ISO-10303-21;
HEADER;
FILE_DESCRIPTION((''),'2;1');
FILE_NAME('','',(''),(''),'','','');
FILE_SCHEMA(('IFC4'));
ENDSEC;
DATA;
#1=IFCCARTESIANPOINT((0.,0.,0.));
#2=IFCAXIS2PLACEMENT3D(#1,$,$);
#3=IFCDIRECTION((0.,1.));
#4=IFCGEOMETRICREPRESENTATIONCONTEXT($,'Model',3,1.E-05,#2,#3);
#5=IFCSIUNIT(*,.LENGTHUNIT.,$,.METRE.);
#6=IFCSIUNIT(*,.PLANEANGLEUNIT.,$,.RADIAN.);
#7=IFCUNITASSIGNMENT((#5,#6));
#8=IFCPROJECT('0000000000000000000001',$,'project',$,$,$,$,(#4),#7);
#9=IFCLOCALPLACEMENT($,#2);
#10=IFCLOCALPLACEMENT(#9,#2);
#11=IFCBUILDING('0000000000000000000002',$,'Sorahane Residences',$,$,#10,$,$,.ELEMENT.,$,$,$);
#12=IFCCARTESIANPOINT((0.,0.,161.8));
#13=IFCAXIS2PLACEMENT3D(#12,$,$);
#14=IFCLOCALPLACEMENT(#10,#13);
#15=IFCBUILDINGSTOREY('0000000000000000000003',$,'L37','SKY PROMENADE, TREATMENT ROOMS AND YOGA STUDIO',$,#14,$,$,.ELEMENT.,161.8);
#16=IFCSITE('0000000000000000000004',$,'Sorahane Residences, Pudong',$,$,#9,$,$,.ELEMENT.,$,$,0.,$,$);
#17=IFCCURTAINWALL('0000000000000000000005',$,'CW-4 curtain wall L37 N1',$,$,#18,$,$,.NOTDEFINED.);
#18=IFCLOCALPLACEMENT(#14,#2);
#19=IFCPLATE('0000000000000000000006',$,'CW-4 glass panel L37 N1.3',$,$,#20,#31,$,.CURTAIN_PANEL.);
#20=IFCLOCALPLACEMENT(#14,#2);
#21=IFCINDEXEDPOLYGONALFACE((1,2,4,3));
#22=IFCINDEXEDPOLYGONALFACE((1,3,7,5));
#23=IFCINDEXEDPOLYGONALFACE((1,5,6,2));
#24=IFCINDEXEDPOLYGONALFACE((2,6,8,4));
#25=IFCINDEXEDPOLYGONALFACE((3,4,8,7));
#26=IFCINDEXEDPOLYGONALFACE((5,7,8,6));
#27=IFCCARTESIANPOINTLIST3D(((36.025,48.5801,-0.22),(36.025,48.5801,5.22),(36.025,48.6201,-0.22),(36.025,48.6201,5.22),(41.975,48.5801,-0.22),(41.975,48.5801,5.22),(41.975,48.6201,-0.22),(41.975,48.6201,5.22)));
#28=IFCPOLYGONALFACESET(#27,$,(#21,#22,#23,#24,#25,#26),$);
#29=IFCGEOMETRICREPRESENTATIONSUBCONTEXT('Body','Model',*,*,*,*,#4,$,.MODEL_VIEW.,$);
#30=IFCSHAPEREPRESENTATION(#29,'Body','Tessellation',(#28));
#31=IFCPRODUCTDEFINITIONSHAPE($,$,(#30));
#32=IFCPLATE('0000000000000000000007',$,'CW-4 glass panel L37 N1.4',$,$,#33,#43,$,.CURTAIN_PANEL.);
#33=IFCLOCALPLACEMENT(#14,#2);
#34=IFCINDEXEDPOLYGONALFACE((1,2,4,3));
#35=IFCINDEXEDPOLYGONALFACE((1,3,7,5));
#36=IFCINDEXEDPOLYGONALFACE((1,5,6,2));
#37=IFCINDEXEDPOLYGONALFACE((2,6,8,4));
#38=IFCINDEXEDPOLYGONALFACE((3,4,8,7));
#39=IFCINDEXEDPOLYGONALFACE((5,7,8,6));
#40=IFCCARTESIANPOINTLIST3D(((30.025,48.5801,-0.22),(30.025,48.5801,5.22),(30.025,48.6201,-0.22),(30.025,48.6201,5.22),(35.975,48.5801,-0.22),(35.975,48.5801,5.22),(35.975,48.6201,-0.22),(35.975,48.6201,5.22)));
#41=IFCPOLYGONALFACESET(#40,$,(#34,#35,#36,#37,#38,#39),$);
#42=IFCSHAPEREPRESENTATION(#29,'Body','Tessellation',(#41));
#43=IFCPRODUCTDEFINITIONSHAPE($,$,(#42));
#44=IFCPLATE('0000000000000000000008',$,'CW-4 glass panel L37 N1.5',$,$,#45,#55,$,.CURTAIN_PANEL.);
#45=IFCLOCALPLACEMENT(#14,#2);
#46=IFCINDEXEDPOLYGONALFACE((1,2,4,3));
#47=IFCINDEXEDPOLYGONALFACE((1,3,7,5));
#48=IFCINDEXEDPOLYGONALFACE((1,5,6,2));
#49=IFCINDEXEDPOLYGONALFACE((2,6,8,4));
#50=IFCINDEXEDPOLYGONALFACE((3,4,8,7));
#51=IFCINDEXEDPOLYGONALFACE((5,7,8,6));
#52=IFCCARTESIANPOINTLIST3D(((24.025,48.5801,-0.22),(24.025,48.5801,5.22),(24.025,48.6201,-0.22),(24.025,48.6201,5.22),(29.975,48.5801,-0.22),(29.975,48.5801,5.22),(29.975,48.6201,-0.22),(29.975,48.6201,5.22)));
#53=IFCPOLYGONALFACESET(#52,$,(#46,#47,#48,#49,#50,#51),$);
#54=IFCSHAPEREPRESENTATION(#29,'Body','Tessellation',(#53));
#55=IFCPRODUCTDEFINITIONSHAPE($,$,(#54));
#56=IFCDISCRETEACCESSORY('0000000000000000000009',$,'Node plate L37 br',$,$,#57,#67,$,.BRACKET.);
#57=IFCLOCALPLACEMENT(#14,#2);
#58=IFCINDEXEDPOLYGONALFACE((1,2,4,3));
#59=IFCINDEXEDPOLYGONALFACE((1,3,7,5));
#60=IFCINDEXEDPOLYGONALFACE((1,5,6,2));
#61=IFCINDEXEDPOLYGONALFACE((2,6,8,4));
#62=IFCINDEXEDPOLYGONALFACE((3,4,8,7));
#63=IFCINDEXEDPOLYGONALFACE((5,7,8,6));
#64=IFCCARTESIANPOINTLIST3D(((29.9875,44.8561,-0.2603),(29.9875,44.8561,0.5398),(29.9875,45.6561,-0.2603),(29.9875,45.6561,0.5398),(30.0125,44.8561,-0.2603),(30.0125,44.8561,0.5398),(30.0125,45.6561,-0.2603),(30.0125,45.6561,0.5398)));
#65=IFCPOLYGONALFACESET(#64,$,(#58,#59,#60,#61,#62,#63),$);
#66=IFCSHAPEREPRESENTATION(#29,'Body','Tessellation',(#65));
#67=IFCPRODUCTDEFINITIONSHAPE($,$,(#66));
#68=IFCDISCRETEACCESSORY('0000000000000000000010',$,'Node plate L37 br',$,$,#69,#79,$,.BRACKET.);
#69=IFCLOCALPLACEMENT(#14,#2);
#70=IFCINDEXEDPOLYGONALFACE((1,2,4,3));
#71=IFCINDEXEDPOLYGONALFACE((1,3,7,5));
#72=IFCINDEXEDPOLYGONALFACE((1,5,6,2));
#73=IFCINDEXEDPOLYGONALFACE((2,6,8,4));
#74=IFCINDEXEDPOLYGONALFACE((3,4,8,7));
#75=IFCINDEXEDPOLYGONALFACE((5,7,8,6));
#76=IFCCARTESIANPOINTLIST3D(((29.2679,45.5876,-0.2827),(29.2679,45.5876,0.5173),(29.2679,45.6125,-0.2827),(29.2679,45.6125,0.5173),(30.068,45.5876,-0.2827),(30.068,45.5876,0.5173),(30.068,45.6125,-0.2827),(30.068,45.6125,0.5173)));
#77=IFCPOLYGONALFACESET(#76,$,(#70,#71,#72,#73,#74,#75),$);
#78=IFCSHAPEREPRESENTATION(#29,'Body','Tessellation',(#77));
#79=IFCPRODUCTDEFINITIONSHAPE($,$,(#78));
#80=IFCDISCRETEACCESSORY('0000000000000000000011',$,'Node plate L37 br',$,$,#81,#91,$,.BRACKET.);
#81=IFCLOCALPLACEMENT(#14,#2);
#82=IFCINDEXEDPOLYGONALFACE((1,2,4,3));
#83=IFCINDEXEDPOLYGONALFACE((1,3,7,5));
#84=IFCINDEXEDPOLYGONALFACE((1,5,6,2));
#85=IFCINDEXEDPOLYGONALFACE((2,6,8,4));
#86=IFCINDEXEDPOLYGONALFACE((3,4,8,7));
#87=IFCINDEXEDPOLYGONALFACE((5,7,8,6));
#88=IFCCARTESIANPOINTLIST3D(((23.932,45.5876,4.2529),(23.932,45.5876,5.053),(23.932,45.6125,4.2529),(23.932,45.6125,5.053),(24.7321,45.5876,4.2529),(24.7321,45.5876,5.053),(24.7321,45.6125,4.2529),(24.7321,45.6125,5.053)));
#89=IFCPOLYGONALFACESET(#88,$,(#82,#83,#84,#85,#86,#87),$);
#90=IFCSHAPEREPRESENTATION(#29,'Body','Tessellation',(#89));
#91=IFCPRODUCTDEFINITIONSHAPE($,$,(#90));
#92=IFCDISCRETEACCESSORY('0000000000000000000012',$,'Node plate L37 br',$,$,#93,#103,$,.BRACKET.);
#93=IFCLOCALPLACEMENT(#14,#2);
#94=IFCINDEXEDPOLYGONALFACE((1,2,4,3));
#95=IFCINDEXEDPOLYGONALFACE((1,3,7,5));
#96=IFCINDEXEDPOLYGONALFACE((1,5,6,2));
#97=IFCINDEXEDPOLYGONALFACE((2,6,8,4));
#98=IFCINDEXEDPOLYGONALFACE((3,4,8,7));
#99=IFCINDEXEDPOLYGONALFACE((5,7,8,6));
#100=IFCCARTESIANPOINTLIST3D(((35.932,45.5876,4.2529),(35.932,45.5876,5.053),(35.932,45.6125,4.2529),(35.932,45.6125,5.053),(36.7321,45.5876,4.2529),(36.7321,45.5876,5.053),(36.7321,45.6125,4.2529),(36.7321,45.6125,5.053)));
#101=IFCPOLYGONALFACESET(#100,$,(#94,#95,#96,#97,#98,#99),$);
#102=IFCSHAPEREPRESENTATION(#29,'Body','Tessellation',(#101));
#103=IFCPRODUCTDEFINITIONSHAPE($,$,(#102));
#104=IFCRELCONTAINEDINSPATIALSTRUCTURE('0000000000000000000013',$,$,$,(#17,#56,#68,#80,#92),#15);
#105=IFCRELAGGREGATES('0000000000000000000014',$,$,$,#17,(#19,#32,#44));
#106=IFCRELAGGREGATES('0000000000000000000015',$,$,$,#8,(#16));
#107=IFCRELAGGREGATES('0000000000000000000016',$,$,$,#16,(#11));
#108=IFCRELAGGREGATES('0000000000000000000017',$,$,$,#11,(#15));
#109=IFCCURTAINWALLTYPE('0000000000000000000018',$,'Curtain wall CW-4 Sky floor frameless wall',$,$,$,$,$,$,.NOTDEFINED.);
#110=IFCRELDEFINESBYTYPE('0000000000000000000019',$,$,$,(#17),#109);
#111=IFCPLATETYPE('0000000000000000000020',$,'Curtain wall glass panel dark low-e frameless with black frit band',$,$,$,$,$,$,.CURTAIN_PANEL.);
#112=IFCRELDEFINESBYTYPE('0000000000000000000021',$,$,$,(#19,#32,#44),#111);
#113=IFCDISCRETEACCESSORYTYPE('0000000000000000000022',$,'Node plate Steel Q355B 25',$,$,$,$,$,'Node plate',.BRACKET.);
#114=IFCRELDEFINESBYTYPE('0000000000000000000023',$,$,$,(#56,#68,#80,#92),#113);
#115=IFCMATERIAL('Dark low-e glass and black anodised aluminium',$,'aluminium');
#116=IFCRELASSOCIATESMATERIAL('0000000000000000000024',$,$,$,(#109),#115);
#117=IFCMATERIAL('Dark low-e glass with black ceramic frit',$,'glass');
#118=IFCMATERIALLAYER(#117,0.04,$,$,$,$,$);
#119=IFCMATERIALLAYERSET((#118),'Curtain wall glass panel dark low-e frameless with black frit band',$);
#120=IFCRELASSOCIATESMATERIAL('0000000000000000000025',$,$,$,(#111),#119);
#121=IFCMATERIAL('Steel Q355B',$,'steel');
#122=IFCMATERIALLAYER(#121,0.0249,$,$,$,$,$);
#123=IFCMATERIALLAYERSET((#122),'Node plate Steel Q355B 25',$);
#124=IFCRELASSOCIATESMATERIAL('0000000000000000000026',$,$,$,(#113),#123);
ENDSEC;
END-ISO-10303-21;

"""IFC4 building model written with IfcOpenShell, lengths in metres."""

from ifc_helpers import new_model, si_unit, direction, frame, origin, origin_2d, place, context, subcontext, project, spatial, rectangle, extrude, material, layer, layer_set, type_object, element, aggregate, save


model = new_model("IFC4")

# Units and contexts
model_context = context("Model", 3, precision=1e-05, world=origin(), true_north=direction((0.0, 1.0)))
body_context = subcontext(model_context, "Body", "Model", "MODEL_VIEW")
ifc_project = project(units=[si_unit("LENGTHUNIT", "METRE"), si_unit("PLANEANGLEUNIT", "RADIAN")], contexts=[model_context])

# Site, building, storey
site_placement = place(None, origin())
site = spatial("IfcSite", under=ifc_project, at=site_placement, Name="Sorahane Residences, Pudong", CompositionType="ELEMENT", RefElevation=0.0)
building_placement = place(site_placement, origin())
building = spatial("IfcBuilding", under=site, at=building_placement, Name="Sorahane Residences", CompositionType="ELEMENT")
storey_placement = place(building_placement, frame((0.0, 0.0, 161.8)))
storey = spatial("IfcBuildingStorey", under=building, at=storey_placement, Name="L37", Description="SKY PROMENADE, TREATMENT ROOMS AND YOGA STUDIO", CompositionType="ELEMENT", Elevation=161.8)

# Curtain wall
ifc_material_1 = material(Name="Dark low-e glass and black anodised aluminium", Category="aluminium")
curtain_wall_type = type_object("IfcCurtainWallType", Name="Curtain wall CW-4 Sky floor frameless wall", PredefinedType="NOTDEFINED", material=ifc_material_1)
curtain_wall_placement = place(storey_placement, origin())
curtain_wall = element("IfcCurtainWall", 1, at=curtain_wall_placement, inside=storey, type_object=curtain_wall_type, Name="CW-4 curtain wall L37 N1", PredefinedType="NOTDEFINED")

# Plates
ifc_material_2 = material(Name="Dark low-e glass with black ceramic frit", Category="glass")
ifc_layer_1 = layer(ifc_material_2, 0.04)
ifc_layer_set_1 = layer_set([ifc_layer_1], Name="Curtain wall glass panel dark low-e frameless with black frit band")
plate_type = type_object("IfcPlateType", Name="Curtain wall glass panel dark low-e frameless with black frit band", PredefinedType="CURTAIN_PANEL", material=ifc_layer_set_1)
plate_1_placement = place(storey_placement, frame((39.0, 48.6001, -0.22), z_axis=(0.0, 0.0, 1.0), x_axis=(-1.0, 0.0, 0.0)))
plate_1 = element("IfcPlate", 2, at=plate_1_placement, type_object=plate_type, Name="CW-4 glass panel L37 N1.3", PredefinedType="CURTAIN_PANEL", context=body_context, shape_type="SweptSolid", body=[
    extrude(rectangle(XDim=5.95, YDim=0.04, at=origin_2d()), origin(), (0.0, 0.0, 1.0), 5.4399),
])
plate_2_placement = place(storey_placement, frame((33.0, 48.6001, -0.22), z_axis=(0.0, 0.0, 1.0), x_axis=(-1.0, 0.0, 0.0)))
plate_2 = element("IfcPlate", 3, at=plate_2_placement, type_object=plate_type, Name="CW-4 glass panel L37 N1.4", PredefinedType="CURTAIN_PANEL", context=body_context, shape_type="SweptSolid", body=[
    extrude(rectangle(XDim=5.95, YDim=0.04, at=origin_2d()), origin(), (0.0, 0.0, 1.0), 5.4399),
])
plate_3_placement = place(storey_placement, frame((27.0, 48.6001, -0.22), z_axis=(0.0, 0.0, 1.0), x_axis=(-1.0, 0.0, 0.0)))
plate_3 = element("IfcPlate", 4, at=plate_3_placement, type_object=plate_type, Name="CW-4 glass panel L37 N1.5", PredefinedType="CURTAIN_PANEL", context=body_context, shape_type="SweptSolid", body=[
    extrude(rectangle(XDim=5.95, YDim=0.04, at=origin_2d()), origin(), (0.0, 0.0, 1.0), 5.4399),
])
aggregate(curtain_wall, [plate_1, plate_2, plate_3])

# Discrete accessories
ifc_material_3 = material(Name="Steel Q355B", Category="steel")
ifc_layer_2 = layer(ifc_material_3, 0.0249)
ifc_layer_set_2 = layer_set([ifc_layer_2], Name="Node plate Steel Q355B 25")
discrete_accessory_type = type_object("IfcDiscreteAccessoryType", Name="Node plate Steel Q355B 25", ElementType="Node plate", PredefinedType="BRACKET", material=ifc_layer_set_2)
for number, where, z_axis, x_axis, name in (
    (5, (30.0, 45.2561, -0.2603), (0.0, 0.0, 1.0), (0.0, 1.0, 0.0), "Node plate L37 br"),
    (6, (29.668, 45.6001, -0.2827), (0.0, 0.0, 1.0), (1.0, 0.0, 0.0), "Node plate L37 br"),
    (7, (24.332, 45.6001, 4.2529), (0.0, 0.0, 1.0), (1.0, 0.0, 0.0), "Node plate L37 br"),
    (8, (36.332, 45.6001, 4.2529), (0.0, 0.0, 1.0), (1.0, 0.0, 0.0), "Node plate L37 br"),
):
    element("IfcDiscreteAccessory", number, at=place(storey_placement, frame(where, z_axis=z_axis, x_axis=x_axis)), inside=storey, type_object=discrete_accessory_type, Name=name, PredefinedType="BRACKET", context=body_context, shape_type="SweptSolid", body=[
        extrude(rectangle(XDim=0.8, YDim=0.0249, at=origin_2d()), origin(), (0.0, 0.0, 1.0), 0.8),
    ])

save(model, "model.ifc")
